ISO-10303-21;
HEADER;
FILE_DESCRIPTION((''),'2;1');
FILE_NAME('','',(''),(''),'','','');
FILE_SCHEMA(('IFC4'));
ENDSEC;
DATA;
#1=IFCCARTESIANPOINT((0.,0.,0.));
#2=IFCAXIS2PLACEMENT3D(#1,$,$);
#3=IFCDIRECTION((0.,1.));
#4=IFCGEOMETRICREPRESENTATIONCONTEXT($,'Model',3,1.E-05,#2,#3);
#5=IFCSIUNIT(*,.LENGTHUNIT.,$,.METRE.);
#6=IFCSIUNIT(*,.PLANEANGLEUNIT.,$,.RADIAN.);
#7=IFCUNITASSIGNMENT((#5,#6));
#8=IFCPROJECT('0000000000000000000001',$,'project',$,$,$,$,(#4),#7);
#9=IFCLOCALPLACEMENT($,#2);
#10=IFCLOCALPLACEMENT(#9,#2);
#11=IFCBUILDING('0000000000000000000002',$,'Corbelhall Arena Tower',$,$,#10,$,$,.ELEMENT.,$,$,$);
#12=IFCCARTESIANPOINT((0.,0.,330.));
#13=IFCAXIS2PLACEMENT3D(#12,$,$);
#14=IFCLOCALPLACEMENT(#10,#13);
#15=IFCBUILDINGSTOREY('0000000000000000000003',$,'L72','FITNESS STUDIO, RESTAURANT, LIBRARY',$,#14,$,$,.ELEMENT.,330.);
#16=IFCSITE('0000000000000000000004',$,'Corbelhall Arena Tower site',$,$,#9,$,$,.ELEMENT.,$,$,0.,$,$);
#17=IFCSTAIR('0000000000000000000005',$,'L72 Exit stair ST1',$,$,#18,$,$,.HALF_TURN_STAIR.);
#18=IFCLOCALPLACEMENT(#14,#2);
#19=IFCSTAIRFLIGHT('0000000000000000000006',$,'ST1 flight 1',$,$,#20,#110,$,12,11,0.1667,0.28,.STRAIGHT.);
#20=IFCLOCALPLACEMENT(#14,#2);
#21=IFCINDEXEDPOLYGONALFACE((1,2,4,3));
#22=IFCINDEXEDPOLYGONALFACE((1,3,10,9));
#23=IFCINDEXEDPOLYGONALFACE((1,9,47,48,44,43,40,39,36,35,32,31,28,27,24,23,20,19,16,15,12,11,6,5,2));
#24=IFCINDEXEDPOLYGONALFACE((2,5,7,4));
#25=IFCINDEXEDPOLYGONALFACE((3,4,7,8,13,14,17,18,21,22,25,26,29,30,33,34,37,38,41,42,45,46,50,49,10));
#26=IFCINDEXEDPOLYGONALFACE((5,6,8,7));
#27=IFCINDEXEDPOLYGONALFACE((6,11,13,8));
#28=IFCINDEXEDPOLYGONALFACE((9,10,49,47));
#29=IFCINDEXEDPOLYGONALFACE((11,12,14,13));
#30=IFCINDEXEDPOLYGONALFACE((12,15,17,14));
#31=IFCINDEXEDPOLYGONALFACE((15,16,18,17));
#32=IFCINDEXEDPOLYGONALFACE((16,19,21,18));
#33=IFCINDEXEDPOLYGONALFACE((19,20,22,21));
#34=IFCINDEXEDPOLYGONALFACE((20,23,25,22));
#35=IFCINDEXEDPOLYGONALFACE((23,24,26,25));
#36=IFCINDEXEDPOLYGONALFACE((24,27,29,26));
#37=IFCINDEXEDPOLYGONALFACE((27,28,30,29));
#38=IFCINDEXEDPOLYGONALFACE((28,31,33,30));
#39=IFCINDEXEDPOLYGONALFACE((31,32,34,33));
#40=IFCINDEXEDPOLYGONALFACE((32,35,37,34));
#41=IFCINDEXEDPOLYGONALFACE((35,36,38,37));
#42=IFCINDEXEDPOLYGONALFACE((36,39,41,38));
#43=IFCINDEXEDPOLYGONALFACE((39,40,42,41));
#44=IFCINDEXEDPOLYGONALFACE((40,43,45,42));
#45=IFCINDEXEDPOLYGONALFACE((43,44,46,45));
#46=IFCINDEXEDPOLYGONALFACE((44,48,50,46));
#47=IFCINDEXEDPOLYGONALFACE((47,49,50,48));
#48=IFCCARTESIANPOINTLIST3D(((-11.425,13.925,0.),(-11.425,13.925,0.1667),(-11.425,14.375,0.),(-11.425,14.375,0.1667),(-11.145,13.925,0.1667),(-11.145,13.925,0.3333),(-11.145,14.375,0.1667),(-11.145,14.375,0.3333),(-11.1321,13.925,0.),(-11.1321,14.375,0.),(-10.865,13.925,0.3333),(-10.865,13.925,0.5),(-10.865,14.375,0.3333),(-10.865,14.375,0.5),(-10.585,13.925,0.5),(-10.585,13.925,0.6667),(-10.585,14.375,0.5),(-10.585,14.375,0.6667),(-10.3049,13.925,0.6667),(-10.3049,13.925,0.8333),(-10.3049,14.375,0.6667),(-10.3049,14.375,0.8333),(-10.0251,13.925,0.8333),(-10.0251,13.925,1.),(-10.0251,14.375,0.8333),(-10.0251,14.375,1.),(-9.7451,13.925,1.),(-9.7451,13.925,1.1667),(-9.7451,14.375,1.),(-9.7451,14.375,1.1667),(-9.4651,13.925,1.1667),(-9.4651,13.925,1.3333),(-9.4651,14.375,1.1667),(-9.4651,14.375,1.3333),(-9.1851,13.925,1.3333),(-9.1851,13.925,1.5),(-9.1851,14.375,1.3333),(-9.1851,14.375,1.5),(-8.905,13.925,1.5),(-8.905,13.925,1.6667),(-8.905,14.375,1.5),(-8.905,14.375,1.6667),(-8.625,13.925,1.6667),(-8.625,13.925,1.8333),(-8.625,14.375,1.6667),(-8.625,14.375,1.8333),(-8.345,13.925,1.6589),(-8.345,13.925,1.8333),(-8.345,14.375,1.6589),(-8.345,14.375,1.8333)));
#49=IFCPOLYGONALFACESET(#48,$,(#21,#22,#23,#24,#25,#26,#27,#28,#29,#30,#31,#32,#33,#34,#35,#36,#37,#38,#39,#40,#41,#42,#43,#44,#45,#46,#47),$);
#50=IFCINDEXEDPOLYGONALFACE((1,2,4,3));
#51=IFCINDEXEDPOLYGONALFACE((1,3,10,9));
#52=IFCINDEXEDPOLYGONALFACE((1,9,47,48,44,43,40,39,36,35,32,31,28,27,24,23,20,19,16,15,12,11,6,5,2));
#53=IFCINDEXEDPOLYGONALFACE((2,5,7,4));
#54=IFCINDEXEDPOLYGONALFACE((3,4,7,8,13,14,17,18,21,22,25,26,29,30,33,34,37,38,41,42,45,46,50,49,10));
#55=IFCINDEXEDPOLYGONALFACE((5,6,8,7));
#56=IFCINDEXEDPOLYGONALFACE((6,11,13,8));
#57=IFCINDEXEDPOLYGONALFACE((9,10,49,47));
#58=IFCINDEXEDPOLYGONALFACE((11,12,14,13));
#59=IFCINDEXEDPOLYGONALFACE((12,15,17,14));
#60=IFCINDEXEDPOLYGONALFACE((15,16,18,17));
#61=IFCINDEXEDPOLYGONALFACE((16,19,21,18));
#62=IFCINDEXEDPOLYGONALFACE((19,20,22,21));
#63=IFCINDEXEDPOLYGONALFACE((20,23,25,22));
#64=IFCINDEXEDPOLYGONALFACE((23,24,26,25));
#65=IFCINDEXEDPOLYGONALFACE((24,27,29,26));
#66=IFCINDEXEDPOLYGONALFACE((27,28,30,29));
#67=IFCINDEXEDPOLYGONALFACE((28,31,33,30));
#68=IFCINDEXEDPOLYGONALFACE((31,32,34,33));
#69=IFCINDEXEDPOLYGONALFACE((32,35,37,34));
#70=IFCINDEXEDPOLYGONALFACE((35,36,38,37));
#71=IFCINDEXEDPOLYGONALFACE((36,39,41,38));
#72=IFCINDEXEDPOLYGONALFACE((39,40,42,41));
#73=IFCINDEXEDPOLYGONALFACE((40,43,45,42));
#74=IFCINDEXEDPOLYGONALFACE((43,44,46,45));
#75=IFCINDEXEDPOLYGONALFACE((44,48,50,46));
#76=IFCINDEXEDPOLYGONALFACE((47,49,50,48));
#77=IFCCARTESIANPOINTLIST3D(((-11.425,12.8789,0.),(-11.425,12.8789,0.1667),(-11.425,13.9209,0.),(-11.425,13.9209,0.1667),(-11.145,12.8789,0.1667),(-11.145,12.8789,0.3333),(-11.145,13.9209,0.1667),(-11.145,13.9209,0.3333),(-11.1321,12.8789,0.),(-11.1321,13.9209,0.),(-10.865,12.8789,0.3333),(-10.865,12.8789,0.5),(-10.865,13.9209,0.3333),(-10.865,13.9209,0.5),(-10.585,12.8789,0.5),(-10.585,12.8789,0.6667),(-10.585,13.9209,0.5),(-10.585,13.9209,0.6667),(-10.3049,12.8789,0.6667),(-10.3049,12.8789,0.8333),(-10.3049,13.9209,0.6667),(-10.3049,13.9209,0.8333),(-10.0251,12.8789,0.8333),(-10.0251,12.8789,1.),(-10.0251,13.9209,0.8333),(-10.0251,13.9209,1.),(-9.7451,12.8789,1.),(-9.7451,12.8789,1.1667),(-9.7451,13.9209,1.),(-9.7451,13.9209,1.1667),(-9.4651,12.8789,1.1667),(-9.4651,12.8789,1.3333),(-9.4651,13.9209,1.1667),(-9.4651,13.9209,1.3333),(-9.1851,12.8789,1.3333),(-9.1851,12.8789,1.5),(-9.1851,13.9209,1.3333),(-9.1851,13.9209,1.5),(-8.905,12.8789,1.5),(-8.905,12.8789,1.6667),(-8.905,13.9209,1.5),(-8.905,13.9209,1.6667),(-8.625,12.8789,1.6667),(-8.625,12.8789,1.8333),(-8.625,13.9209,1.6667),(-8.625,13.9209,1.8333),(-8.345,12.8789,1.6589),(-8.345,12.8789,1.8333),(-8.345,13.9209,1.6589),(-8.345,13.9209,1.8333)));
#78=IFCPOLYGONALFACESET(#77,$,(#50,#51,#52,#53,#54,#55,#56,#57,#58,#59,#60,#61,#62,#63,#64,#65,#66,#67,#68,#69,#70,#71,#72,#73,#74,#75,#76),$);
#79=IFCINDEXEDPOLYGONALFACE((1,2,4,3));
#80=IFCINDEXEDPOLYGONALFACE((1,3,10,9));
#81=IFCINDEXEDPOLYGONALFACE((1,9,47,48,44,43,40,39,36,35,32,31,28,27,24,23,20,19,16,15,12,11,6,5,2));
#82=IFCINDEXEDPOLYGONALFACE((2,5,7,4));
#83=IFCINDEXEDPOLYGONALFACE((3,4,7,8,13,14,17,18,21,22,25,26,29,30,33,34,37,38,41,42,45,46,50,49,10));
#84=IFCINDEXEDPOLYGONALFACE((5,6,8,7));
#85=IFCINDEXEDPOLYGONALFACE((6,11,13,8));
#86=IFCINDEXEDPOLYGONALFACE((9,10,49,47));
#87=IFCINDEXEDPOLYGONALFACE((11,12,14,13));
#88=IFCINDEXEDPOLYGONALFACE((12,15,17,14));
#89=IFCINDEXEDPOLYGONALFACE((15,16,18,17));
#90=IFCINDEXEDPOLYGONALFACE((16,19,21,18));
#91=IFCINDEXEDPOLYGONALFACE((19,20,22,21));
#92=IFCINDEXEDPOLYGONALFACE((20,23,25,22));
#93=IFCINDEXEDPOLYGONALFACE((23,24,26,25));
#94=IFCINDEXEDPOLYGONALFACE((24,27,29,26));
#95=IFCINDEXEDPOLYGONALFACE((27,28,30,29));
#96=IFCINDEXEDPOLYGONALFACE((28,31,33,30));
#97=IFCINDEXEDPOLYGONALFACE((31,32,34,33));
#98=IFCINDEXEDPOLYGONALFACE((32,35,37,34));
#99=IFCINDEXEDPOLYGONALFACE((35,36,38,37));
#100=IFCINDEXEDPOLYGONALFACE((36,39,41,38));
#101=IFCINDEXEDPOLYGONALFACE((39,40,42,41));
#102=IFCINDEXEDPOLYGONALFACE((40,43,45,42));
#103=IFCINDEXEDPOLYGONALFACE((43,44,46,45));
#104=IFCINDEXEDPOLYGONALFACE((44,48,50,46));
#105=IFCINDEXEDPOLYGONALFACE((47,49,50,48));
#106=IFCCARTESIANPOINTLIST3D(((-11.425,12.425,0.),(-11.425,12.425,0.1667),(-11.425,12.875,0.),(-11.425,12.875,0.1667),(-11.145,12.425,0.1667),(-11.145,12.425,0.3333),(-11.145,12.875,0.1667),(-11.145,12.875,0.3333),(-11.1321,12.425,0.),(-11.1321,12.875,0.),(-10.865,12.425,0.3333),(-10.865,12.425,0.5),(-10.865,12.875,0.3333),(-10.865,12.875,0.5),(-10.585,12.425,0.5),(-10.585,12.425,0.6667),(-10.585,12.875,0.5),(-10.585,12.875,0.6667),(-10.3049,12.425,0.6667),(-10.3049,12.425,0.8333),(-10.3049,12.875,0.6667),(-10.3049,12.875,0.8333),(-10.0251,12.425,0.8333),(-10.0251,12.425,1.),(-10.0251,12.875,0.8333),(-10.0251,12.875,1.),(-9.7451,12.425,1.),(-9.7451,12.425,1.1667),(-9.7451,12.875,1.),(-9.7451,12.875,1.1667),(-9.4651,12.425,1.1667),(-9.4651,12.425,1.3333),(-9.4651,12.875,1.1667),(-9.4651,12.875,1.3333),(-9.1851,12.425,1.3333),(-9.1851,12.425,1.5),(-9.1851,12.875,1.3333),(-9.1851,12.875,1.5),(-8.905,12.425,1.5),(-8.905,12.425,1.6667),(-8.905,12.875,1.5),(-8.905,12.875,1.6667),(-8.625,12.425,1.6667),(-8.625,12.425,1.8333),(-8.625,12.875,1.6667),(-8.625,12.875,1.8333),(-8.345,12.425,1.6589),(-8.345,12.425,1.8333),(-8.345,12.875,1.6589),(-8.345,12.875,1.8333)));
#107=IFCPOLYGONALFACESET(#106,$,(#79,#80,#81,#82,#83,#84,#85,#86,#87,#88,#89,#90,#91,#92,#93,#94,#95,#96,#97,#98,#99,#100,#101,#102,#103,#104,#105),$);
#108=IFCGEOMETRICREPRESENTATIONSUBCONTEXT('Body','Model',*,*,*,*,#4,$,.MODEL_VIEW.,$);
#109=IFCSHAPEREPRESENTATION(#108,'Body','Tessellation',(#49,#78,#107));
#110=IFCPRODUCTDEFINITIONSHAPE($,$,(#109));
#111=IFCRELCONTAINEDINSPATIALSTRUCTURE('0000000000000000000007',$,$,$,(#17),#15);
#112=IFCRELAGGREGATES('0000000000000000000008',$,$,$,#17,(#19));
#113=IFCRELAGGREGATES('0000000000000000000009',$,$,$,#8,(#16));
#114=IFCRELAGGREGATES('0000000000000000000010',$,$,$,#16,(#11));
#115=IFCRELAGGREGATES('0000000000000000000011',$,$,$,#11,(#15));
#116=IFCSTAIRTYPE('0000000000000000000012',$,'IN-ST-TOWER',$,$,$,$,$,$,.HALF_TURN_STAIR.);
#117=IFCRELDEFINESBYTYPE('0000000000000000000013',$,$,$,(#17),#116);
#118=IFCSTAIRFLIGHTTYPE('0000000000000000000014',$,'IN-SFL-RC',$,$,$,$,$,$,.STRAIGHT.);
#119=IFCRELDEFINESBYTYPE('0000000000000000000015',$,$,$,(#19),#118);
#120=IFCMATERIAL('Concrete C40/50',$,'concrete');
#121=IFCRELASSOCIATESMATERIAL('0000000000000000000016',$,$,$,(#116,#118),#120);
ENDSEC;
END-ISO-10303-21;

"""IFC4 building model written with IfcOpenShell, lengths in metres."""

from ifc_helpers import new_model, si_unit, direction, frame, origin, place, context, subcontext, project, spatial, polyline, outline, extrude, material, type_object, element, aggregate, save


model = new_model("IFC4")

# Units and contexts
model_context = context("Model", 3, precision=1e-05, world=origin(), true_north=direction((0.0, 1.0)))
body_context = subcontext(model_context, "Body", "Model", "MODEL_VIEW")
ifc_project = project(units=[si_unit("LENGTHUNIT", "METRE"), si_unit("PLANEANGLEUNIT", "RADIAN")], contexts=[model_context])

# Site, building, storey
site_placement = place(None, origin())
site = spatial("IfcSite", under=ifc_project, at=site_placement, Name="Corbelhall Arena Tower site", CompositionType="ELEMENT", RefElevation=0.0)
building_placement = place(site_placement, origin())
building = spatial("IfcBuilding", under=site, at=building_placement, Name="Corbelhall Arena Tower", CompositionType="ELEMENT")
storey_placement = place(building_placement, frame((0.0, 0.0, 330.0)))
storey = spatial("IfcBuildingStorey", under=building, at=storey_placement, Name="L72", Description="FITNESS STUDIO, RESTAURANT, LIBRARY", CompositionType="ELEMENT", Elevation=330.0)

# Shared definitions
ifc_material_1 = material(Name="Concrete C40/50", Category="concrete")

# Stair, stair flight
stair_type = type_object("IfcStairType", Name="IN-ST-TOWER", PredefinedType="HALF_TURN_STAIR", material=ifc_material_1)
stair_placement = place(storey_placement, origin())
stair = element("IfcStair", 1, at=stair_placement, inside=storey, type_object=stair_type, Name="L72 Exit stair ST1", PredefinedType="HALF_TURN_STAIR")
stair_flight_type = type_object("IfcStairFlightType", Name="IN-SFL-RC", PredefinedType="STRAIGHT", material=ifc_material_1)
stair_flight_placement = place(storey_placement, frame((-11.425, 13.3999, 0.0), z_axis=(0.0, 0.0, 1.0), x_axis=(1.0, 0.0, 0.0)))
stair_flight = element("IfcStairFlight", 2, at=stair_flight_placement, type_object=stair_flight_type, Name="ST1 flight 1", NumberOfRisers=12, NumberOfTreads=11, PredefinedType="STRAIGHT", RiserHeight=0.1667, TreadLength=0.28, context=body_context, shape_type="SweptSolid", body=[
    extrude(outline(polyline([(0.0, 0.0), (0.0, 0.1667), (0.28, 0.1667), (0.28, 0.3333), (0.5601, 0.3333), (0.5601, 0.5), (0.8401, 0.5), (0.8401, 0.6667), (1.1201, 0.6667), (1.1201, 0.8333), (1.3999, 0.8333), (1.3999, 1.0), (1.6799, 1.0), (1.6799, 1.1667), (1.96, 1.1667), (1.96, 1.3333), (2.24, 1.3333), (2.24, 1.5), (2.52, 1.5), (2.52, 1.6667), (2.8, 1.6667), (2.8, 1.8333), (3.0801, 1.8333), (3.0801, 2.0), (3.0801, 1.6589), (0.293, 0.0), (0.0, 0.0)])), frame((0.0, 0.9751, 0.0), z_axis=(0.0, -1.0, 0.0), x_axis=(1.0, 0.0, 0.0)), (0.0, 0.0, 1.0), 0.45),
    extrude(outline(polyline([(0.0, 0.0), (0.0, 0.1667), (0.28, 0.1667), (0.28, 0.3333), (0.5601, 0.3333), (0.5601, 0.5), (0.8401, 0.5), (0.8401, 0.6667), (1.1201, 0.6667), (1.1201, 0.8333), (1.3999, 0.8333), (1.3999, 1.0), (1.6799, 1.0), (1.6799, 1.1667), (1.96, 1.1667), (1.96, 1.3333), (2.24, 1.3333), (2.24, 1.5), (2.52, 1.5), (2.52, 1.6667), (2.8, 1.6667), (2.8, 1.8333), (3.0801, 1.8333), (3.0801, 2.0), (3.0801, 1.6589), (0.293, 0.0), (0.0, 0.0)])), frame((0.0, 0.521, 0.0), z_axis=(0.0, -1.0, 0.0), x_axis=(1.0, 0.0, 0.0)), (0.0, 0.0, 1.0), 1.042),
    extrude(outline(polyline([(0.0, 0.0), (0.0, 0.1667), (0.28, 0.1667), (0.28, 0.3333), (0.5601, 0.3333), (0.5601, 0.5), (0.8401, 0.5), (0.8401, 0.6667), (1.1201, 0.6667), (1.1201, 0.8333), (1.3999, 0.8333), (1.3999, 1.0), (1.6799, 1.0), (1.6799, 1.1667), (1.96, 1.1667), (1.96, 1.3333), (2.24, 1.3333), (2.24, 1.5), (2.52, 1.5), (2.52, 1.6667), (2.8, 1.6667), (2.8, 1.8333), (3.0801, 1.8333), (3.0801, 2.0), (3.0801, 1.6589), (0.293, 0.0), (0.0, 0.0)])), frame((0.0, -0.5249, 0.0), z_axis=(0.0, -1.0, 0.0), x_axis=(1.0, 0.0, 0.0)), (0.0, 0.0, 1.0), 0.45),
])
aggregate(stair, [stair_flight])

save(model, "model.ifc")
